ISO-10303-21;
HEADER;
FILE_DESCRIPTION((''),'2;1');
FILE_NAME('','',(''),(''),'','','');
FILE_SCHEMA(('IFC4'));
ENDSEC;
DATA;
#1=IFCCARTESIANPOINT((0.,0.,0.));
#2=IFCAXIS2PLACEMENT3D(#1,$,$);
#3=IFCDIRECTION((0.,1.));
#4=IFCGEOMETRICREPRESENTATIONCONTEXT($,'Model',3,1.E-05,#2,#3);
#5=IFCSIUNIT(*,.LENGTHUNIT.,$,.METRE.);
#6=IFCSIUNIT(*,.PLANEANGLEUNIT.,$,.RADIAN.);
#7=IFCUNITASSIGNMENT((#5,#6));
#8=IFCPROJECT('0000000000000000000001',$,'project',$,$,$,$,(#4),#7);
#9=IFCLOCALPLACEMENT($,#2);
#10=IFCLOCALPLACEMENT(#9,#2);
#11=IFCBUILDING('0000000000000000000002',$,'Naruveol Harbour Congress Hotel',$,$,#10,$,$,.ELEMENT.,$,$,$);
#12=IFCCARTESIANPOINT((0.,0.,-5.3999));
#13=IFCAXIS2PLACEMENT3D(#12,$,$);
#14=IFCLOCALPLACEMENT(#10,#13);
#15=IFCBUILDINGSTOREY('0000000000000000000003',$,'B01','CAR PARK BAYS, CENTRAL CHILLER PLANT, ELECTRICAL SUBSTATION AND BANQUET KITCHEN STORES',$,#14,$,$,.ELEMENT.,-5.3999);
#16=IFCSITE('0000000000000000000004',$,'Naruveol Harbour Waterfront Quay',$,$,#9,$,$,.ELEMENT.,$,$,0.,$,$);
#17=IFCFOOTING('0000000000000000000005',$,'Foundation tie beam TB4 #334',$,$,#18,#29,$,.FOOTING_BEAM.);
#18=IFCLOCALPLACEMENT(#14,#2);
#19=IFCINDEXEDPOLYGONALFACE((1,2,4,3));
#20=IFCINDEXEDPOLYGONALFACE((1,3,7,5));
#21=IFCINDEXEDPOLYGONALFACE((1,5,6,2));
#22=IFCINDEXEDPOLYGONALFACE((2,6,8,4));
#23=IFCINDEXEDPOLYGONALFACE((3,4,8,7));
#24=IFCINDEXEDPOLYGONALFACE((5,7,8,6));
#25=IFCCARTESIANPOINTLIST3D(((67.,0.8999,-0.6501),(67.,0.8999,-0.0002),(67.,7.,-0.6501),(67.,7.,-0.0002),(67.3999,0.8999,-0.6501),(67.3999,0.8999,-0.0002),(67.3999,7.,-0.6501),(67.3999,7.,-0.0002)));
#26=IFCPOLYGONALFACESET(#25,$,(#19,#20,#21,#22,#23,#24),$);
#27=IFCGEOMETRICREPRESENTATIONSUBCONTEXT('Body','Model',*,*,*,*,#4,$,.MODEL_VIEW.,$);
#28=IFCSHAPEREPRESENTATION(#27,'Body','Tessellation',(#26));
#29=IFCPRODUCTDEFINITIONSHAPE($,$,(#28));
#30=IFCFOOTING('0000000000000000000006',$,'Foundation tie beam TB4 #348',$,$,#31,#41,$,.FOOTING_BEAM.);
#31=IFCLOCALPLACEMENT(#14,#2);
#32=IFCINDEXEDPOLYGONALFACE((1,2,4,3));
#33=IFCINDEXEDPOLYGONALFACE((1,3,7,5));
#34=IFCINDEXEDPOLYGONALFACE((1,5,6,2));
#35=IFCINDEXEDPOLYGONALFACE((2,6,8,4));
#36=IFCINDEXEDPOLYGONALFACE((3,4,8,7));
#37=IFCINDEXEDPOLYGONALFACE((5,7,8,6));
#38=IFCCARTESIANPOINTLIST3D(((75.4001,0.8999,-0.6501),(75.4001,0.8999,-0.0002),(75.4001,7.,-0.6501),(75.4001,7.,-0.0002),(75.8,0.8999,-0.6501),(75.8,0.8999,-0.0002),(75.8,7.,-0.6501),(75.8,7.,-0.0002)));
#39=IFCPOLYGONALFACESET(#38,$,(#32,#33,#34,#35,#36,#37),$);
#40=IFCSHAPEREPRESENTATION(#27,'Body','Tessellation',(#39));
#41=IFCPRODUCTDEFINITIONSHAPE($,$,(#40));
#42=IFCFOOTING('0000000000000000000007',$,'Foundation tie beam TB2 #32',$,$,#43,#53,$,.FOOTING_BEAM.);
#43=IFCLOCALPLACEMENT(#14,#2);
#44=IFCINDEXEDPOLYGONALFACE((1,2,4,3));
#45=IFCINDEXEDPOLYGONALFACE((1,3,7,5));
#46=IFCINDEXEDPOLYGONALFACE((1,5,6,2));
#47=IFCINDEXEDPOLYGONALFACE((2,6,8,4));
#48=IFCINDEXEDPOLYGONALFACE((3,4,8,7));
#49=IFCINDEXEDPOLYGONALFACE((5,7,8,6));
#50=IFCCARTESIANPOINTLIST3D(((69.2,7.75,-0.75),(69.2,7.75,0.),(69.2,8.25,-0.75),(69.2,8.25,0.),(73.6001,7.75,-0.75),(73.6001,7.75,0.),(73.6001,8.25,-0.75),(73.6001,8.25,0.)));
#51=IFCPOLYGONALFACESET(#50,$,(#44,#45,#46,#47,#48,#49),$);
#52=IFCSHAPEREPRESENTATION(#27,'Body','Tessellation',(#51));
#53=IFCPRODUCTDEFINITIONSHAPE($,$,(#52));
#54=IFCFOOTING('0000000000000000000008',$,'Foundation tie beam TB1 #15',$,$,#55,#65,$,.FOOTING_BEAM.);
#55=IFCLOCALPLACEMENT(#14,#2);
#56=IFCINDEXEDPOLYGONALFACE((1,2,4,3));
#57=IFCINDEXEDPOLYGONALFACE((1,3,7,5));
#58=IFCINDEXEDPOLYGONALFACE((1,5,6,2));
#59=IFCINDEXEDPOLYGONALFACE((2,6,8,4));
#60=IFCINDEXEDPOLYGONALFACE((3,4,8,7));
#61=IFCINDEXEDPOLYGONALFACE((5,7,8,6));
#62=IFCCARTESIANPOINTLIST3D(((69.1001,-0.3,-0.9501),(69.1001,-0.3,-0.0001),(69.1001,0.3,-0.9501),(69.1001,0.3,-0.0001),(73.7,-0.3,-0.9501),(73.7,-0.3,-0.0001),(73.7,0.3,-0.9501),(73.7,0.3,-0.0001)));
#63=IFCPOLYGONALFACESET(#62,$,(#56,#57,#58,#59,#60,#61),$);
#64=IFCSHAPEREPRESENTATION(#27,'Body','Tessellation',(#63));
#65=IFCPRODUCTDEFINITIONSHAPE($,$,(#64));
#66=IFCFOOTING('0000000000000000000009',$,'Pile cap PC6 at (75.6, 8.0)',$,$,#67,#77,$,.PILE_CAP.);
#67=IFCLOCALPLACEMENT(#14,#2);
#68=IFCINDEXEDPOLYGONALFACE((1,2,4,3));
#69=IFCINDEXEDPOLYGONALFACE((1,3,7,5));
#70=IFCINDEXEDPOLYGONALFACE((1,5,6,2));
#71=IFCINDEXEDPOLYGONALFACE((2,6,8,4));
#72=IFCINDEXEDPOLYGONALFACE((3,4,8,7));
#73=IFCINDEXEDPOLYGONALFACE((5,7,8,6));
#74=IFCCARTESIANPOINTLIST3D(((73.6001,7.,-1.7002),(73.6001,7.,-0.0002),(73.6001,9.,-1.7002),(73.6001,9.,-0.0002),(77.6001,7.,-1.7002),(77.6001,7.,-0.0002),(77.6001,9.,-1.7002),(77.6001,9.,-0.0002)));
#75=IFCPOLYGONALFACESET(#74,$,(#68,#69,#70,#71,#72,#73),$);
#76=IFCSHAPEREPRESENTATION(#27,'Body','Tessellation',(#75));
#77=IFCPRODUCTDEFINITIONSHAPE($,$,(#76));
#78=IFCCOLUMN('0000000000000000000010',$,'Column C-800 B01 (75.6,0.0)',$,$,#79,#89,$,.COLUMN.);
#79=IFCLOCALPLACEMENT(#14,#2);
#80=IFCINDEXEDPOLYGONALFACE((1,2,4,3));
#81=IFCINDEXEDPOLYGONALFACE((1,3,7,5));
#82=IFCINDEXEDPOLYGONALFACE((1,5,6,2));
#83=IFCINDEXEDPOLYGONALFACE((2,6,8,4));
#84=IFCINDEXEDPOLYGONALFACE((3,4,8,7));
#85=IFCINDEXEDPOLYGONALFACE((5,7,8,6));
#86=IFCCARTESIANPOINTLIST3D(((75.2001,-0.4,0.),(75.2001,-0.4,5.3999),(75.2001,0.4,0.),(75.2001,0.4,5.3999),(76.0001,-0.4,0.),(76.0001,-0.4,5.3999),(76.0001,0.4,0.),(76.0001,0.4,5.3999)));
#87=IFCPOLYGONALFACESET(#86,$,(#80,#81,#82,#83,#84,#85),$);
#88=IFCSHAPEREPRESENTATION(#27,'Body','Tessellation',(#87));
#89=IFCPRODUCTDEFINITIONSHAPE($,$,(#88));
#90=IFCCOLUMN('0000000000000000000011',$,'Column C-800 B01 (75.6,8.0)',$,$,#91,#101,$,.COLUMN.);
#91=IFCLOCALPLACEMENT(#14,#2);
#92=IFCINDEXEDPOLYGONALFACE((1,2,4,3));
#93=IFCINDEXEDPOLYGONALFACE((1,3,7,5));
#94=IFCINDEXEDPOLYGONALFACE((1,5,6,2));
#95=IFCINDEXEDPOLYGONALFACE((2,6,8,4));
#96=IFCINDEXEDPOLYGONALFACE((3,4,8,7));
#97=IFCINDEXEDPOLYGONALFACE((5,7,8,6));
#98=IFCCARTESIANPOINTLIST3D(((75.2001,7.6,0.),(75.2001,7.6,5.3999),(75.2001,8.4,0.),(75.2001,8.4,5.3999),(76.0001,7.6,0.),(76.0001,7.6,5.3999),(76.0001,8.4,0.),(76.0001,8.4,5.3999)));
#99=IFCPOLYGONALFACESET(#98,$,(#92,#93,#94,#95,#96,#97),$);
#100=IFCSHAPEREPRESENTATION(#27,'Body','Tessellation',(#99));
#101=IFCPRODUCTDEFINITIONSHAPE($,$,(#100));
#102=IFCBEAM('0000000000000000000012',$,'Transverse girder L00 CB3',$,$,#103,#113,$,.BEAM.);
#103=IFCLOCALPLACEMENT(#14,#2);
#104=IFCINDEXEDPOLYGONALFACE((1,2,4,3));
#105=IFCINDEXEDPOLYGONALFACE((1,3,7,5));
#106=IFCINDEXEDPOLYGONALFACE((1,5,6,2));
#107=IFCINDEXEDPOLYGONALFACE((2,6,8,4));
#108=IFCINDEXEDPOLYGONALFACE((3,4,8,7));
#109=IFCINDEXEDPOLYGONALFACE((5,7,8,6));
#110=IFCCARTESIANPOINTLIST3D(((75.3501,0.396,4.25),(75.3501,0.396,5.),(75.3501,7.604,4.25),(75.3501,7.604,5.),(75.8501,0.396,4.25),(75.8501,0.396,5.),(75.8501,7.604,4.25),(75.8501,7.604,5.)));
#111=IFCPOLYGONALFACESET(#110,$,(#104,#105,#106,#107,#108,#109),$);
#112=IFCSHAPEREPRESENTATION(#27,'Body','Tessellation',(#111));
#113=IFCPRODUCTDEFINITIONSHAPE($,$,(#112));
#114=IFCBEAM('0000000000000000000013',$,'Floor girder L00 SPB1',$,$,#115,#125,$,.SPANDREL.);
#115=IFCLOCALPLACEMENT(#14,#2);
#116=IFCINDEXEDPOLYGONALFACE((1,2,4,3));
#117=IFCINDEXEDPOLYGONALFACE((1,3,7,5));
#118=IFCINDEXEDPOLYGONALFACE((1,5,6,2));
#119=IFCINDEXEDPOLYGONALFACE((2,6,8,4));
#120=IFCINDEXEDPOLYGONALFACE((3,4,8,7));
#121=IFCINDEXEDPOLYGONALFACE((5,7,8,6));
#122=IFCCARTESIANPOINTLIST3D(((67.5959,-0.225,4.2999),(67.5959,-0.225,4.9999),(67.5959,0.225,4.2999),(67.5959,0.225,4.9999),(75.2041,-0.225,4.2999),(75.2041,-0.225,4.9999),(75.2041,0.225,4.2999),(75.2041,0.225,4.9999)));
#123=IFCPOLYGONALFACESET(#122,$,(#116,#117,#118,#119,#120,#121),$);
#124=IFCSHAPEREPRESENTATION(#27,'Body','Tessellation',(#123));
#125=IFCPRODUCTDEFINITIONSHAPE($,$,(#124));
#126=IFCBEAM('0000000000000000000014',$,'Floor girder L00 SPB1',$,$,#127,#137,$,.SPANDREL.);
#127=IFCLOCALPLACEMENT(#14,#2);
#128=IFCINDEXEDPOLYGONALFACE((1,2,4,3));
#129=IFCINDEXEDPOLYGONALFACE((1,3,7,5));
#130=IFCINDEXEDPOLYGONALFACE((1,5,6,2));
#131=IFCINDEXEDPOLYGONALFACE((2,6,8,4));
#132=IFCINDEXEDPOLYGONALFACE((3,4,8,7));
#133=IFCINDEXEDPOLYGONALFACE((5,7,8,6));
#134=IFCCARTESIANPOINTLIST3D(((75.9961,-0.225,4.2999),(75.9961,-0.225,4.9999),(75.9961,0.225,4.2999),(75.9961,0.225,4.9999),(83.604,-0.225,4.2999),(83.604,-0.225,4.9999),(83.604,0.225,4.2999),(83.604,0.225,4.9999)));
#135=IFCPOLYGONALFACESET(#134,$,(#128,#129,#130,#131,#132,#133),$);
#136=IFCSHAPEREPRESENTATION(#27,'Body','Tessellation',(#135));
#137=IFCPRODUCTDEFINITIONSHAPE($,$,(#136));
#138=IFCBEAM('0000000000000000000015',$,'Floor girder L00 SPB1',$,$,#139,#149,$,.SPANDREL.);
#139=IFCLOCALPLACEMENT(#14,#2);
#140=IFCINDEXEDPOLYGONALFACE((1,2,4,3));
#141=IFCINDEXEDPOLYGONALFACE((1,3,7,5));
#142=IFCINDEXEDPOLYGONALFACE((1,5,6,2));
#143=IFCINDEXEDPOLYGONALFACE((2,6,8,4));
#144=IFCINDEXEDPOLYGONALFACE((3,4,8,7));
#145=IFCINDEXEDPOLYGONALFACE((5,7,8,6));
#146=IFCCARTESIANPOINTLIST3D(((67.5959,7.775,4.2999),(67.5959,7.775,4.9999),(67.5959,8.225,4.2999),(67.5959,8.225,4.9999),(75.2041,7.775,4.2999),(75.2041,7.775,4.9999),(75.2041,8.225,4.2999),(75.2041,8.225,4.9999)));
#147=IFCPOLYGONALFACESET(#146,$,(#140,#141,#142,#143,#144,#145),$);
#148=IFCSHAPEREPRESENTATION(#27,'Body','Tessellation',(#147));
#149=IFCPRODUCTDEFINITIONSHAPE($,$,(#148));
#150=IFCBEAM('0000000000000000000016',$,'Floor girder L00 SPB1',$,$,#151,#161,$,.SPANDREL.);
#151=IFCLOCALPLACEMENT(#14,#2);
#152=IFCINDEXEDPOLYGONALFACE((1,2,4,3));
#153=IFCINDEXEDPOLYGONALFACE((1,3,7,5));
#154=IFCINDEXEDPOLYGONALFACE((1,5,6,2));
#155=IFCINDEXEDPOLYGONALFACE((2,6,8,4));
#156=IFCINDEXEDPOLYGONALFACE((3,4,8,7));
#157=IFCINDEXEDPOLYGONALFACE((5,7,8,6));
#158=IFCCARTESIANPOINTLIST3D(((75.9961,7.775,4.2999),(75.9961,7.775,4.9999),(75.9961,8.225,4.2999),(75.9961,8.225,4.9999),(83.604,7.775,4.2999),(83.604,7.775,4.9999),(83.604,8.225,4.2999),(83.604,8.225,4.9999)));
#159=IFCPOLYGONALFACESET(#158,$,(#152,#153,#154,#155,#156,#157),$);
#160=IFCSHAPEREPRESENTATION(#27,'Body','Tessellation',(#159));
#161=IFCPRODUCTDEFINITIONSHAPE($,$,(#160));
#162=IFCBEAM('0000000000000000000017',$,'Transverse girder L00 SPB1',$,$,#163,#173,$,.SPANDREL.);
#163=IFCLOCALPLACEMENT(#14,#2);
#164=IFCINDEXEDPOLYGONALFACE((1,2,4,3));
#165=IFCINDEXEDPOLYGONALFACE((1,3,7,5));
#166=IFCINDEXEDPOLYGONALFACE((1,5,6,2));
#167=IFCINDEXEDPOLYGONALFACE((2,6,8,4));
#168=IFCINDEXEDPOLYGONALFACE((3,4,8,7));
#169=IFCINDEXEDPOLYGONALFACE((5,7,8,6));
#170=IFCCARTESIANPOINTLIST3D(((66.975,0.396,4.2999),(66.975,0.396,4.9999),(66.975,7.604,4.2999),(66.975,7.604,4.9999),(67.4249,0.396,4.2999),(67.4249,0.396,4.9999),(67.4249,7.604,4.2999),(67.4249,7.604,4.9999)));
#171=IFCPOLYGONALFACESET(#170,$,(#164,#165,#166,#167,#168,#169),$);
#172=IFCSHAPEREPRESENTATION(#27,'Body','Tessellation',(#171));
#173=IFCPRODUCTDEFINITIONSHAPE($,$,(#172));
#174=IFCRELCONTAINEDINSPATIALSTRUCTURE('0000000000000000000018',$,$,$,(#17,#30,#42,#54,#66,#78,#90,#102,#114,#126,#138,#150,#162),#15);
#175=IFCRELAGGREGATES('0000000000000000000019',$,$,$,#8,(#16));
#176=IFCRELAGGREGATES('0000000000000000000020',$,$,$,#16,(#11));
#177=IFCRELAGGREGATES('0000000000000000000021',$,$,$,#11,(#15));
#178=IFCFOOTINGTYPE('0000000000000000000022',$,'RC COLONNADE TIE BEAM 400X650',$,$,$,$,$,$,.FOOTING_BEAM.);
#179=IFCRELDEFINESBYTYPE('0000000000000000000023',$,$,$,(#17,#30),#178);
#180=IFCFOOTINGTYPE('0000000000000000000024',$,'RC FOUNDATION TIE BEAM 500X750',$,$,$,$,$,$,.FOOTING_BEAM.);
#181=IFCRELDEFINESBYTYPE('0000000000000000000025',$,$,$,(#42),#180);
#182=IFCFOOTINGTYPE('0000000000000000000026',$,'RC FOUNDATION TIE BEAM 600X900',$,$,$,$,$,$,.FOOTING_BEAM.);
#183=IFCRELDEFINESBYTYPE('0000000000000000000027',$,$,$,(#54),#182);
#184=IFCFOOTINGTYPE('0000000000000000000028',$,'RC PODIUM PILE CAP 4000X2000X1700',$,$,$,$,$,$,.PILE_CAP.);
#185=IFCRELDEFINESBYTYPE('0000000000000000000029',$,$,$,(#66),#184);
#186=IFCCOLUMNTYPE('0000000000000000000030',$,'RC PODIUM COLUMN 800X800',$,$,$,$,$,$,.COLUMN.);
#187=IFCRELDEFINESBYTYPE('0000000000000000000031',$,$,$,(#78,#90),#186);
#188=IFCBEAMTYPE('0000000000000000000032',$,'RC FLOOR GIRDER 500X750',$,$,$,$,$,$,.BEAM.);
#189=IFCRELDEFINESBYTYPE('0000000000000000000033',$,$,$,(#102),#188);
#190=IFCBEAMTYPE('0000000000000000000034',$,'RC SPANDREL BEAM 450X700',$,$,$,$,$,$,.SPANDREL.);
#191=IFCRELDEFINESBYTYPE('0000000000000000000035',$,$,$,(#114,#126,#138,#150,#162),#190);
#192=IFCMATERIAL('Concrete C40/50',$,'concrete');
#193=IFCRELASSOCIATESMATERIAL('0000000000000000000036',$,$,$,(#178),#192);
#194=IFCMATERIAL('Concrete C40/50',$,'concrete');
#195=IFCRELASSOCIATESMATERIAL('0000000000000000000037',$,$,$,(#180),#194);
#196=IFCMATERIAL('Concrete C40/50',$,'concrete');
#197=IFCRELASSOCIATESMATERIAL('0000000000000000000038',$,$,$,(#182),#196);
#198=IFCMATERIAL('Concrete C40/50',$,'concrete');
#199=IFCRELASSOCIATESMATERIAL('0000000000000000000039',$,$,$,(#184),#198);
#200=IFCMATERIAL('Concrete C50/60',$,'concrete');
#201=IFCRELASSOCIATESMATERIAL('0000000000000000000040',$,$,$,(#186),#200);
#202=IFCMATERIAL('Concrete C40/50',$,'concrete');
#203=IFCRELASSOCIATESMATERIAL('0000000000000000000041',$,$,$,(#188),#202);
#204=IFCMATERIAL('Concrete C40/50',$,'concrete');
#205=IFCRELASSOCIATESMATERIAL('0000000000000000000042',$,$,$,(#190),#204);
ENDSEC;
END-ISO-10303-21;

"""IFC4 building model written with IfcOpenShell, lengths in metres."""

from ifc_helpers import new_model, si_unit, direction, frame, origin, origin_2d, place, context, subcontext, project, spatial, rectangle, extrude, material, material_profile, profile_set, type_object, element, save


model = new_model("IFC4")

# Units and contexts
model_context = context("Model", 3, precision=1e-05, world=origin(), true_north=direction((0.0, 1.0)))
body_context = subcontext(model_context, "Body", "Model", "MODEL_VIEW")
ifc_project = project(units=[si_unit("LENGTHUNIT", "METRE"), si_unit("PLANEANGLEUNIT", "RADIAN")], contexts=[model_context])

# Site, building, storey
site_placement = place(None, origin())
site = spatial("IfcSite", under=ifc_project, at=site_placement, Name="Naruveol Harbour Waterfront Quay", CompositionType="ELEMENT", RefElevation=0.0)
building_placement = place(site_placement, origin())
building = spatial("IfcBuilding", under=site, at=building_placement, Name="Naruveol Harbour Congress Hotel", CompositionType="ELEMENT")
storey_placement = place(building_placement, frame((0.0, 0.0, -5.3999)))
storey = spatial("IfcBuildingStorey", under=building, at=storey_placement, Name="B01", Description="CAR PARK BAYS, CENTRAL CHILLER PLANT, ELECTRICAL SUBSTATION AND BANQUET KITCHEN STORES", CompositionType="ELEMENT", Elevation=-5.3999)

# Footings
ifc_material_1 = material(Name="Concrete C40/50", Category="concrete")
ifc_material_profile_1 = material_profile(ifc_material_1, rectangle(XDim=0.3999, YDim=0.6499, at=origin_2d()), Name="RCB-400x650")
ifc_profile_set_1 = profile_set([ifc_material_profile_1], Name="Concrete C40/50")
footing_type_1 = type_object("IfcFootingType", Name="RC COLONNADE TIE BEAM 400X650", PredefinedType="FOOTING_BEAM", material=ifc_profile_set_1)
for number, where, z_axis, x_axis, name in (
    (1, (67.2, 0.8999, -0.3252), (0.0, 1.0, 0.0), (-1.0, 0.0, 0.0), "Foundation tie beam TB4 #334"),
    (2, (75.6001, 0.8999, -0.3252), (0.0, 1.0, 0.0), (-1.0, 0.0, 0.0), "Foundation tie beam TB4 #348"),
):
    element("IfcFooting", number, at=place(storey_placement, frame(where, z_axis=z_axis, x_axis=x_axis)), inside=storey, type_object=footing_type_1, Name=name, PredefinedType="FOOTING_BEAM", context=body_context, shape_type="SweptSolid", body=[
        extrude(rectangle(XDim=0.3999, YDim=0.6499, at=origin_2d()), origin(), (0.0, 0.0, 1.0), 6.1001),
    ])
ifc_material_2 = material(Name="Concrete C40/50", Category="concrete")
ifc_material_profile_2 = material_profile(ifc_material_2, rectangle(XDim=0.5, YDim=0.75, at=origin_2d()), Name="RCB-500x750")
ifc_profile_set_2 = profile_set([ifc_material_profile_2], Name="Concrete C40/50")
footing_type_2 = type_object("IfcFootingType", Name="RC FOUNDATION TIE BEAM 500X750", PredefinedType="FOOTING_BEAM", material=ifc_profile_set_2)
footing_1_placement = place(storey_placement, frame((69.2, 8.0, -0.375), z_axis=(1.0, 0.0, 0.0), x_axis=(0.0, 1.0, 0.0)))
element("IfcFooting", 3, at=footing_1_placement, inside=storey, type_object=footing_type_2, Name="Foundation tie beam TB2 #32", PredefinedType="FOOTING_BEAM", context=body_context, shape_type="SweptSolid", body=[
    extrude(rectangle(XDim=0.5, YDim=0.75, at=origin_2d()), origin(), (0.0, 0.0, 1.0), 4.4001),
])
ifc_material_3 = material(Name="Concrete C40/50", Category="concrete")
ifc_material_profile_3 = material_profile(ifc_material_3, rectangle(XDim=0.6001, YDim=0.95, at=origin_2d()), Name="RCB-600x950")
ifc_profile_set_3 = profile_set([ifc_material_profile_3], Name="Concrete C40/50")
footing_type_3 = type_object("IfcFootingType", Name="RC FOUNDATION TIE BEAM 600X900", PredefinedType="FOOTING_BEAM", material=ifc_profile_set_3)
footing_2_placement = place(storey_placement, frame((69.1001, 0.0, -0.4751), z_axis=(1.0, 0.0, 0.0), x_axis=(0.0, 1.0, 0.0)))
element("IfcFooting", 4, at=footing_2_placement, inside=storey, type_object=footing_type_3, Name="Foundation tie beam TB1 #15", PredefinedType="FOOTING_BEAM", context=body_context, shape_type="SweptSolid", body=[
    extrude(rectangle(XDim=0.6001, YDim=0.95, at=origin_2d()), origin(), (0.0, 0.0, 1.0), 4.5999),
])
ifc_material_4 = material(Name="Concrete C40/50", Category="concrete")
footing_type_4 = type_object("IfcFootingType", Name="RC PODIUM PILE CAP 4000X2000X1700", PredefinedType="PILE_CAP", material=ifc_material_4)
footing_3_placement = place(storey_placement, frame((75.6001, 8.0, -1.7002), z_axis=(0.0, 0.0, 1.0), x_axis=(1.0, 0.0, 0.0)))
element("IfcFooting", 5, at=footing_3_placement, inside=storey, type_object=footing_type_4, Name="Pile cap PC6 at (75.6, 8.0)", PredefinedType="PILE_CAP", context=body_context, shape_type="SweptSolid", body=[
    extrude(rectangle(XDim=4.0, YDim=2.0, at=origin_2d()), origin(), (0.0, 0.0, 1.0), 1.7),
])

# Columns
ifc_material_5 = material(Name="Concrete C50/60", Category="concrete")
ifc_material_profile_4 = material_profile(ifc_material_5, rectangle(XDim=0.8, YDim=0.8, at=origin_2d()), Name="RC-800x800")
ifc_profile_set_4 = profile_set([ifc_material_profile_4], Name="Concrete C50/60")
column_type = type_object("IfcColumnType", Name="RC PODIUM COLUMN 800X800", PredefinedType="COLUMN", material=ifc_profile_set_4)
for number, where, z_axis, x_axis, name in (
    (6, (75.6001, 0.0, 0.0), (0.0, 0.0, 1.0), (1.0, 0.0, 0.0), "Column C-800 B01 (75.6,0.0)"),
    (7, (75.6001, 8.0, 0.0), (0.0, 0.0, 1.0), (1.0, 0.0, 0.0), "Column C-800 B01 (75.6,8.0)"),
):
    element("IfcColumn", number, at=place(storey_placement, frame(where, z_axis=z_axis, x_axis=x_axis)), inside=storey, type_object=column_type, Name=name, PredefinedType="COLUMN", context=body_context, shape_type="SweptSolid", body=[
        extrude(rectangle(XDim=0.8, YDim=0.8, at=origin_2d()), origin(), (0.0, 0.0, 1.0), 5.3999),
    ])

# Beams
ifc_material_6 = material(Name="Concrete C40/50", Category="concrete")
ifc_material_profile_5 = material_profile(ifc_material_6, rectangle(XDim=0.5, YDim=0.75, at=origin_2d()), Name="RCB-500x750")
ifc_profile_set_5 = profile_set([ifc_material_profile_5], Name="Concrete C40/50")
beam_type_1 = type_object("IfcBeamType", Name="RC FLOOR GIRDER 500X750", PredefinedType="BEAM", material=ifc_profile_set_5)
beam_1_placement = place(storey_placement, frame((75.6001, 0.396, 4.625), z_axis=(0.0, 1.0, 0.0), x_axis=(-1.0, 0.0, 0.0)))
element("IfcBeam", 8, at=beam_1_placement, inside=storey, type_object=beam_type_1, Name="Transverse girder L00 CB3", PredefinedType="BEAM", context=body_context, shape_type="SweptSolid", body=[
    extrude(rectangle(XDim=0.5, YDim=0.75, at=origin_2d()), origin(), (0.0, 0.0, 1.0), 7.208),
])
ifc_material_7 = material(Name="Concrete C40/50", Category="concrete")
ifc_material_profile_6 = material_profile(ifc_material_7, rectangle(XDim=0.45, YDim=0.7, at=origin_2d()), Name="RCB-450x700")
ifc_profile_set_6 = profile_set([ifc_material_profile_6], Name="Concrete C40/50")
beam_type_2 = type_object("IfcBeamType", Name="RC SPANDREL BEAM 450X700", PredefinedType="SPANDREL", material=ifc_profile_set_6)
beam_2_placement = place(storey_placement, frame((67.5959, 0.0, 4.6499), z_axis=(1.0, 0.0, 0.0), x_axis=(0.0, 1.0, 0.0)))
element("IfcBeam", 9, at=beam_2_placement, inside=storey, type_object=beam_type_2, Name="Floor girder L00 SPB1", PredefinedType="SPANDREL", context=body_context, shape_type="SweptSolid", body=[
    extrude(rectangle(XDim=0.45, YDim=0.7, at=origin_2d()), origin(), (0.0, 0.0, 1.0), 7.6082),
])
beam_3_placement = place(storey_placement, frame((75.9961, 0.0, 4.6499), z_axis=(1.0, 0.0, 0.0), x_axis=(0.0, 1.0, 0.0)))
element("IfcBeam", 10, at=beam_3_placement, inside=storey, type_object=beam_type_2, Name="Floor girder L00 SPB1", PredefinedType="SPANDREL", context=body_context, shape_type="SweptSolid", body=[
    extrude(rectangle(XDim=0.45, YDim=0.7, at=origin_2d()), origin(), (0.0, 0.0, 1.0), 7.6079),
])
beam_4_placement = place(storey_placement, frame((67.5959, 8.0, 4.6499), z_axis=(1.0, 0.0, 0.0), x_axis=(0.0, 1.0, 0.0)))
element("IfcBeam", 11, at=beam_4_placement, inside=storey, type_object=beam_type_2, Name="Floor girder L00 SPB1", PredefinedType="SPANDREL", context=body_context, shape_type="SweptSolid", body=[
    extrude(rectangle(XDim=0.45, YDim=0.7, at=origin_2d()), origin(), (0.0, 0.0, 1.0), 7.6082),
])
beam_5_placement = place(storey_placement, frame((75.9961, 8.0, 4.6499), z_axis=(1.0, 0.0, 0.0), x_axis=(0.0, 1.0, 0.0)))
element("IfcBeam", 12, at=beam_5_placement, inside=storey, type_object=beam_type_2, Name="Floor girder L00 SPB1", PredefinedType="SPANDREL", context=body_context, shape_type="SweptSolid", body=[
    extrude(rectangle(XDim=0.45, YDim=0.7, at=origin_2d()), origin(), (0.0, 0.0, 1.0), 7.6079),
])
beam_6_placement = place(storey_placement, frame((67.2, 0.396, 4.6499), z_axis=(0.0, 1.0, 0.0), x_axis=(-1.0, 0.0, 0.0)))
element("IfcBeam", 13, at=beam_6_placement, inside=storey, type_object=beam_type_2, Name="Transverse girder L00 SPB1", PredefinedType="SPANDREL", context=body_context, shape_type="SweptSolid", body=[
    extrude(rectangle(XDim=0.45, YDim=0.7, at=origin_2d()), origin(), (0.0, 0.0, 1.0), 7.208),
])

save(model, "model.ifc")
